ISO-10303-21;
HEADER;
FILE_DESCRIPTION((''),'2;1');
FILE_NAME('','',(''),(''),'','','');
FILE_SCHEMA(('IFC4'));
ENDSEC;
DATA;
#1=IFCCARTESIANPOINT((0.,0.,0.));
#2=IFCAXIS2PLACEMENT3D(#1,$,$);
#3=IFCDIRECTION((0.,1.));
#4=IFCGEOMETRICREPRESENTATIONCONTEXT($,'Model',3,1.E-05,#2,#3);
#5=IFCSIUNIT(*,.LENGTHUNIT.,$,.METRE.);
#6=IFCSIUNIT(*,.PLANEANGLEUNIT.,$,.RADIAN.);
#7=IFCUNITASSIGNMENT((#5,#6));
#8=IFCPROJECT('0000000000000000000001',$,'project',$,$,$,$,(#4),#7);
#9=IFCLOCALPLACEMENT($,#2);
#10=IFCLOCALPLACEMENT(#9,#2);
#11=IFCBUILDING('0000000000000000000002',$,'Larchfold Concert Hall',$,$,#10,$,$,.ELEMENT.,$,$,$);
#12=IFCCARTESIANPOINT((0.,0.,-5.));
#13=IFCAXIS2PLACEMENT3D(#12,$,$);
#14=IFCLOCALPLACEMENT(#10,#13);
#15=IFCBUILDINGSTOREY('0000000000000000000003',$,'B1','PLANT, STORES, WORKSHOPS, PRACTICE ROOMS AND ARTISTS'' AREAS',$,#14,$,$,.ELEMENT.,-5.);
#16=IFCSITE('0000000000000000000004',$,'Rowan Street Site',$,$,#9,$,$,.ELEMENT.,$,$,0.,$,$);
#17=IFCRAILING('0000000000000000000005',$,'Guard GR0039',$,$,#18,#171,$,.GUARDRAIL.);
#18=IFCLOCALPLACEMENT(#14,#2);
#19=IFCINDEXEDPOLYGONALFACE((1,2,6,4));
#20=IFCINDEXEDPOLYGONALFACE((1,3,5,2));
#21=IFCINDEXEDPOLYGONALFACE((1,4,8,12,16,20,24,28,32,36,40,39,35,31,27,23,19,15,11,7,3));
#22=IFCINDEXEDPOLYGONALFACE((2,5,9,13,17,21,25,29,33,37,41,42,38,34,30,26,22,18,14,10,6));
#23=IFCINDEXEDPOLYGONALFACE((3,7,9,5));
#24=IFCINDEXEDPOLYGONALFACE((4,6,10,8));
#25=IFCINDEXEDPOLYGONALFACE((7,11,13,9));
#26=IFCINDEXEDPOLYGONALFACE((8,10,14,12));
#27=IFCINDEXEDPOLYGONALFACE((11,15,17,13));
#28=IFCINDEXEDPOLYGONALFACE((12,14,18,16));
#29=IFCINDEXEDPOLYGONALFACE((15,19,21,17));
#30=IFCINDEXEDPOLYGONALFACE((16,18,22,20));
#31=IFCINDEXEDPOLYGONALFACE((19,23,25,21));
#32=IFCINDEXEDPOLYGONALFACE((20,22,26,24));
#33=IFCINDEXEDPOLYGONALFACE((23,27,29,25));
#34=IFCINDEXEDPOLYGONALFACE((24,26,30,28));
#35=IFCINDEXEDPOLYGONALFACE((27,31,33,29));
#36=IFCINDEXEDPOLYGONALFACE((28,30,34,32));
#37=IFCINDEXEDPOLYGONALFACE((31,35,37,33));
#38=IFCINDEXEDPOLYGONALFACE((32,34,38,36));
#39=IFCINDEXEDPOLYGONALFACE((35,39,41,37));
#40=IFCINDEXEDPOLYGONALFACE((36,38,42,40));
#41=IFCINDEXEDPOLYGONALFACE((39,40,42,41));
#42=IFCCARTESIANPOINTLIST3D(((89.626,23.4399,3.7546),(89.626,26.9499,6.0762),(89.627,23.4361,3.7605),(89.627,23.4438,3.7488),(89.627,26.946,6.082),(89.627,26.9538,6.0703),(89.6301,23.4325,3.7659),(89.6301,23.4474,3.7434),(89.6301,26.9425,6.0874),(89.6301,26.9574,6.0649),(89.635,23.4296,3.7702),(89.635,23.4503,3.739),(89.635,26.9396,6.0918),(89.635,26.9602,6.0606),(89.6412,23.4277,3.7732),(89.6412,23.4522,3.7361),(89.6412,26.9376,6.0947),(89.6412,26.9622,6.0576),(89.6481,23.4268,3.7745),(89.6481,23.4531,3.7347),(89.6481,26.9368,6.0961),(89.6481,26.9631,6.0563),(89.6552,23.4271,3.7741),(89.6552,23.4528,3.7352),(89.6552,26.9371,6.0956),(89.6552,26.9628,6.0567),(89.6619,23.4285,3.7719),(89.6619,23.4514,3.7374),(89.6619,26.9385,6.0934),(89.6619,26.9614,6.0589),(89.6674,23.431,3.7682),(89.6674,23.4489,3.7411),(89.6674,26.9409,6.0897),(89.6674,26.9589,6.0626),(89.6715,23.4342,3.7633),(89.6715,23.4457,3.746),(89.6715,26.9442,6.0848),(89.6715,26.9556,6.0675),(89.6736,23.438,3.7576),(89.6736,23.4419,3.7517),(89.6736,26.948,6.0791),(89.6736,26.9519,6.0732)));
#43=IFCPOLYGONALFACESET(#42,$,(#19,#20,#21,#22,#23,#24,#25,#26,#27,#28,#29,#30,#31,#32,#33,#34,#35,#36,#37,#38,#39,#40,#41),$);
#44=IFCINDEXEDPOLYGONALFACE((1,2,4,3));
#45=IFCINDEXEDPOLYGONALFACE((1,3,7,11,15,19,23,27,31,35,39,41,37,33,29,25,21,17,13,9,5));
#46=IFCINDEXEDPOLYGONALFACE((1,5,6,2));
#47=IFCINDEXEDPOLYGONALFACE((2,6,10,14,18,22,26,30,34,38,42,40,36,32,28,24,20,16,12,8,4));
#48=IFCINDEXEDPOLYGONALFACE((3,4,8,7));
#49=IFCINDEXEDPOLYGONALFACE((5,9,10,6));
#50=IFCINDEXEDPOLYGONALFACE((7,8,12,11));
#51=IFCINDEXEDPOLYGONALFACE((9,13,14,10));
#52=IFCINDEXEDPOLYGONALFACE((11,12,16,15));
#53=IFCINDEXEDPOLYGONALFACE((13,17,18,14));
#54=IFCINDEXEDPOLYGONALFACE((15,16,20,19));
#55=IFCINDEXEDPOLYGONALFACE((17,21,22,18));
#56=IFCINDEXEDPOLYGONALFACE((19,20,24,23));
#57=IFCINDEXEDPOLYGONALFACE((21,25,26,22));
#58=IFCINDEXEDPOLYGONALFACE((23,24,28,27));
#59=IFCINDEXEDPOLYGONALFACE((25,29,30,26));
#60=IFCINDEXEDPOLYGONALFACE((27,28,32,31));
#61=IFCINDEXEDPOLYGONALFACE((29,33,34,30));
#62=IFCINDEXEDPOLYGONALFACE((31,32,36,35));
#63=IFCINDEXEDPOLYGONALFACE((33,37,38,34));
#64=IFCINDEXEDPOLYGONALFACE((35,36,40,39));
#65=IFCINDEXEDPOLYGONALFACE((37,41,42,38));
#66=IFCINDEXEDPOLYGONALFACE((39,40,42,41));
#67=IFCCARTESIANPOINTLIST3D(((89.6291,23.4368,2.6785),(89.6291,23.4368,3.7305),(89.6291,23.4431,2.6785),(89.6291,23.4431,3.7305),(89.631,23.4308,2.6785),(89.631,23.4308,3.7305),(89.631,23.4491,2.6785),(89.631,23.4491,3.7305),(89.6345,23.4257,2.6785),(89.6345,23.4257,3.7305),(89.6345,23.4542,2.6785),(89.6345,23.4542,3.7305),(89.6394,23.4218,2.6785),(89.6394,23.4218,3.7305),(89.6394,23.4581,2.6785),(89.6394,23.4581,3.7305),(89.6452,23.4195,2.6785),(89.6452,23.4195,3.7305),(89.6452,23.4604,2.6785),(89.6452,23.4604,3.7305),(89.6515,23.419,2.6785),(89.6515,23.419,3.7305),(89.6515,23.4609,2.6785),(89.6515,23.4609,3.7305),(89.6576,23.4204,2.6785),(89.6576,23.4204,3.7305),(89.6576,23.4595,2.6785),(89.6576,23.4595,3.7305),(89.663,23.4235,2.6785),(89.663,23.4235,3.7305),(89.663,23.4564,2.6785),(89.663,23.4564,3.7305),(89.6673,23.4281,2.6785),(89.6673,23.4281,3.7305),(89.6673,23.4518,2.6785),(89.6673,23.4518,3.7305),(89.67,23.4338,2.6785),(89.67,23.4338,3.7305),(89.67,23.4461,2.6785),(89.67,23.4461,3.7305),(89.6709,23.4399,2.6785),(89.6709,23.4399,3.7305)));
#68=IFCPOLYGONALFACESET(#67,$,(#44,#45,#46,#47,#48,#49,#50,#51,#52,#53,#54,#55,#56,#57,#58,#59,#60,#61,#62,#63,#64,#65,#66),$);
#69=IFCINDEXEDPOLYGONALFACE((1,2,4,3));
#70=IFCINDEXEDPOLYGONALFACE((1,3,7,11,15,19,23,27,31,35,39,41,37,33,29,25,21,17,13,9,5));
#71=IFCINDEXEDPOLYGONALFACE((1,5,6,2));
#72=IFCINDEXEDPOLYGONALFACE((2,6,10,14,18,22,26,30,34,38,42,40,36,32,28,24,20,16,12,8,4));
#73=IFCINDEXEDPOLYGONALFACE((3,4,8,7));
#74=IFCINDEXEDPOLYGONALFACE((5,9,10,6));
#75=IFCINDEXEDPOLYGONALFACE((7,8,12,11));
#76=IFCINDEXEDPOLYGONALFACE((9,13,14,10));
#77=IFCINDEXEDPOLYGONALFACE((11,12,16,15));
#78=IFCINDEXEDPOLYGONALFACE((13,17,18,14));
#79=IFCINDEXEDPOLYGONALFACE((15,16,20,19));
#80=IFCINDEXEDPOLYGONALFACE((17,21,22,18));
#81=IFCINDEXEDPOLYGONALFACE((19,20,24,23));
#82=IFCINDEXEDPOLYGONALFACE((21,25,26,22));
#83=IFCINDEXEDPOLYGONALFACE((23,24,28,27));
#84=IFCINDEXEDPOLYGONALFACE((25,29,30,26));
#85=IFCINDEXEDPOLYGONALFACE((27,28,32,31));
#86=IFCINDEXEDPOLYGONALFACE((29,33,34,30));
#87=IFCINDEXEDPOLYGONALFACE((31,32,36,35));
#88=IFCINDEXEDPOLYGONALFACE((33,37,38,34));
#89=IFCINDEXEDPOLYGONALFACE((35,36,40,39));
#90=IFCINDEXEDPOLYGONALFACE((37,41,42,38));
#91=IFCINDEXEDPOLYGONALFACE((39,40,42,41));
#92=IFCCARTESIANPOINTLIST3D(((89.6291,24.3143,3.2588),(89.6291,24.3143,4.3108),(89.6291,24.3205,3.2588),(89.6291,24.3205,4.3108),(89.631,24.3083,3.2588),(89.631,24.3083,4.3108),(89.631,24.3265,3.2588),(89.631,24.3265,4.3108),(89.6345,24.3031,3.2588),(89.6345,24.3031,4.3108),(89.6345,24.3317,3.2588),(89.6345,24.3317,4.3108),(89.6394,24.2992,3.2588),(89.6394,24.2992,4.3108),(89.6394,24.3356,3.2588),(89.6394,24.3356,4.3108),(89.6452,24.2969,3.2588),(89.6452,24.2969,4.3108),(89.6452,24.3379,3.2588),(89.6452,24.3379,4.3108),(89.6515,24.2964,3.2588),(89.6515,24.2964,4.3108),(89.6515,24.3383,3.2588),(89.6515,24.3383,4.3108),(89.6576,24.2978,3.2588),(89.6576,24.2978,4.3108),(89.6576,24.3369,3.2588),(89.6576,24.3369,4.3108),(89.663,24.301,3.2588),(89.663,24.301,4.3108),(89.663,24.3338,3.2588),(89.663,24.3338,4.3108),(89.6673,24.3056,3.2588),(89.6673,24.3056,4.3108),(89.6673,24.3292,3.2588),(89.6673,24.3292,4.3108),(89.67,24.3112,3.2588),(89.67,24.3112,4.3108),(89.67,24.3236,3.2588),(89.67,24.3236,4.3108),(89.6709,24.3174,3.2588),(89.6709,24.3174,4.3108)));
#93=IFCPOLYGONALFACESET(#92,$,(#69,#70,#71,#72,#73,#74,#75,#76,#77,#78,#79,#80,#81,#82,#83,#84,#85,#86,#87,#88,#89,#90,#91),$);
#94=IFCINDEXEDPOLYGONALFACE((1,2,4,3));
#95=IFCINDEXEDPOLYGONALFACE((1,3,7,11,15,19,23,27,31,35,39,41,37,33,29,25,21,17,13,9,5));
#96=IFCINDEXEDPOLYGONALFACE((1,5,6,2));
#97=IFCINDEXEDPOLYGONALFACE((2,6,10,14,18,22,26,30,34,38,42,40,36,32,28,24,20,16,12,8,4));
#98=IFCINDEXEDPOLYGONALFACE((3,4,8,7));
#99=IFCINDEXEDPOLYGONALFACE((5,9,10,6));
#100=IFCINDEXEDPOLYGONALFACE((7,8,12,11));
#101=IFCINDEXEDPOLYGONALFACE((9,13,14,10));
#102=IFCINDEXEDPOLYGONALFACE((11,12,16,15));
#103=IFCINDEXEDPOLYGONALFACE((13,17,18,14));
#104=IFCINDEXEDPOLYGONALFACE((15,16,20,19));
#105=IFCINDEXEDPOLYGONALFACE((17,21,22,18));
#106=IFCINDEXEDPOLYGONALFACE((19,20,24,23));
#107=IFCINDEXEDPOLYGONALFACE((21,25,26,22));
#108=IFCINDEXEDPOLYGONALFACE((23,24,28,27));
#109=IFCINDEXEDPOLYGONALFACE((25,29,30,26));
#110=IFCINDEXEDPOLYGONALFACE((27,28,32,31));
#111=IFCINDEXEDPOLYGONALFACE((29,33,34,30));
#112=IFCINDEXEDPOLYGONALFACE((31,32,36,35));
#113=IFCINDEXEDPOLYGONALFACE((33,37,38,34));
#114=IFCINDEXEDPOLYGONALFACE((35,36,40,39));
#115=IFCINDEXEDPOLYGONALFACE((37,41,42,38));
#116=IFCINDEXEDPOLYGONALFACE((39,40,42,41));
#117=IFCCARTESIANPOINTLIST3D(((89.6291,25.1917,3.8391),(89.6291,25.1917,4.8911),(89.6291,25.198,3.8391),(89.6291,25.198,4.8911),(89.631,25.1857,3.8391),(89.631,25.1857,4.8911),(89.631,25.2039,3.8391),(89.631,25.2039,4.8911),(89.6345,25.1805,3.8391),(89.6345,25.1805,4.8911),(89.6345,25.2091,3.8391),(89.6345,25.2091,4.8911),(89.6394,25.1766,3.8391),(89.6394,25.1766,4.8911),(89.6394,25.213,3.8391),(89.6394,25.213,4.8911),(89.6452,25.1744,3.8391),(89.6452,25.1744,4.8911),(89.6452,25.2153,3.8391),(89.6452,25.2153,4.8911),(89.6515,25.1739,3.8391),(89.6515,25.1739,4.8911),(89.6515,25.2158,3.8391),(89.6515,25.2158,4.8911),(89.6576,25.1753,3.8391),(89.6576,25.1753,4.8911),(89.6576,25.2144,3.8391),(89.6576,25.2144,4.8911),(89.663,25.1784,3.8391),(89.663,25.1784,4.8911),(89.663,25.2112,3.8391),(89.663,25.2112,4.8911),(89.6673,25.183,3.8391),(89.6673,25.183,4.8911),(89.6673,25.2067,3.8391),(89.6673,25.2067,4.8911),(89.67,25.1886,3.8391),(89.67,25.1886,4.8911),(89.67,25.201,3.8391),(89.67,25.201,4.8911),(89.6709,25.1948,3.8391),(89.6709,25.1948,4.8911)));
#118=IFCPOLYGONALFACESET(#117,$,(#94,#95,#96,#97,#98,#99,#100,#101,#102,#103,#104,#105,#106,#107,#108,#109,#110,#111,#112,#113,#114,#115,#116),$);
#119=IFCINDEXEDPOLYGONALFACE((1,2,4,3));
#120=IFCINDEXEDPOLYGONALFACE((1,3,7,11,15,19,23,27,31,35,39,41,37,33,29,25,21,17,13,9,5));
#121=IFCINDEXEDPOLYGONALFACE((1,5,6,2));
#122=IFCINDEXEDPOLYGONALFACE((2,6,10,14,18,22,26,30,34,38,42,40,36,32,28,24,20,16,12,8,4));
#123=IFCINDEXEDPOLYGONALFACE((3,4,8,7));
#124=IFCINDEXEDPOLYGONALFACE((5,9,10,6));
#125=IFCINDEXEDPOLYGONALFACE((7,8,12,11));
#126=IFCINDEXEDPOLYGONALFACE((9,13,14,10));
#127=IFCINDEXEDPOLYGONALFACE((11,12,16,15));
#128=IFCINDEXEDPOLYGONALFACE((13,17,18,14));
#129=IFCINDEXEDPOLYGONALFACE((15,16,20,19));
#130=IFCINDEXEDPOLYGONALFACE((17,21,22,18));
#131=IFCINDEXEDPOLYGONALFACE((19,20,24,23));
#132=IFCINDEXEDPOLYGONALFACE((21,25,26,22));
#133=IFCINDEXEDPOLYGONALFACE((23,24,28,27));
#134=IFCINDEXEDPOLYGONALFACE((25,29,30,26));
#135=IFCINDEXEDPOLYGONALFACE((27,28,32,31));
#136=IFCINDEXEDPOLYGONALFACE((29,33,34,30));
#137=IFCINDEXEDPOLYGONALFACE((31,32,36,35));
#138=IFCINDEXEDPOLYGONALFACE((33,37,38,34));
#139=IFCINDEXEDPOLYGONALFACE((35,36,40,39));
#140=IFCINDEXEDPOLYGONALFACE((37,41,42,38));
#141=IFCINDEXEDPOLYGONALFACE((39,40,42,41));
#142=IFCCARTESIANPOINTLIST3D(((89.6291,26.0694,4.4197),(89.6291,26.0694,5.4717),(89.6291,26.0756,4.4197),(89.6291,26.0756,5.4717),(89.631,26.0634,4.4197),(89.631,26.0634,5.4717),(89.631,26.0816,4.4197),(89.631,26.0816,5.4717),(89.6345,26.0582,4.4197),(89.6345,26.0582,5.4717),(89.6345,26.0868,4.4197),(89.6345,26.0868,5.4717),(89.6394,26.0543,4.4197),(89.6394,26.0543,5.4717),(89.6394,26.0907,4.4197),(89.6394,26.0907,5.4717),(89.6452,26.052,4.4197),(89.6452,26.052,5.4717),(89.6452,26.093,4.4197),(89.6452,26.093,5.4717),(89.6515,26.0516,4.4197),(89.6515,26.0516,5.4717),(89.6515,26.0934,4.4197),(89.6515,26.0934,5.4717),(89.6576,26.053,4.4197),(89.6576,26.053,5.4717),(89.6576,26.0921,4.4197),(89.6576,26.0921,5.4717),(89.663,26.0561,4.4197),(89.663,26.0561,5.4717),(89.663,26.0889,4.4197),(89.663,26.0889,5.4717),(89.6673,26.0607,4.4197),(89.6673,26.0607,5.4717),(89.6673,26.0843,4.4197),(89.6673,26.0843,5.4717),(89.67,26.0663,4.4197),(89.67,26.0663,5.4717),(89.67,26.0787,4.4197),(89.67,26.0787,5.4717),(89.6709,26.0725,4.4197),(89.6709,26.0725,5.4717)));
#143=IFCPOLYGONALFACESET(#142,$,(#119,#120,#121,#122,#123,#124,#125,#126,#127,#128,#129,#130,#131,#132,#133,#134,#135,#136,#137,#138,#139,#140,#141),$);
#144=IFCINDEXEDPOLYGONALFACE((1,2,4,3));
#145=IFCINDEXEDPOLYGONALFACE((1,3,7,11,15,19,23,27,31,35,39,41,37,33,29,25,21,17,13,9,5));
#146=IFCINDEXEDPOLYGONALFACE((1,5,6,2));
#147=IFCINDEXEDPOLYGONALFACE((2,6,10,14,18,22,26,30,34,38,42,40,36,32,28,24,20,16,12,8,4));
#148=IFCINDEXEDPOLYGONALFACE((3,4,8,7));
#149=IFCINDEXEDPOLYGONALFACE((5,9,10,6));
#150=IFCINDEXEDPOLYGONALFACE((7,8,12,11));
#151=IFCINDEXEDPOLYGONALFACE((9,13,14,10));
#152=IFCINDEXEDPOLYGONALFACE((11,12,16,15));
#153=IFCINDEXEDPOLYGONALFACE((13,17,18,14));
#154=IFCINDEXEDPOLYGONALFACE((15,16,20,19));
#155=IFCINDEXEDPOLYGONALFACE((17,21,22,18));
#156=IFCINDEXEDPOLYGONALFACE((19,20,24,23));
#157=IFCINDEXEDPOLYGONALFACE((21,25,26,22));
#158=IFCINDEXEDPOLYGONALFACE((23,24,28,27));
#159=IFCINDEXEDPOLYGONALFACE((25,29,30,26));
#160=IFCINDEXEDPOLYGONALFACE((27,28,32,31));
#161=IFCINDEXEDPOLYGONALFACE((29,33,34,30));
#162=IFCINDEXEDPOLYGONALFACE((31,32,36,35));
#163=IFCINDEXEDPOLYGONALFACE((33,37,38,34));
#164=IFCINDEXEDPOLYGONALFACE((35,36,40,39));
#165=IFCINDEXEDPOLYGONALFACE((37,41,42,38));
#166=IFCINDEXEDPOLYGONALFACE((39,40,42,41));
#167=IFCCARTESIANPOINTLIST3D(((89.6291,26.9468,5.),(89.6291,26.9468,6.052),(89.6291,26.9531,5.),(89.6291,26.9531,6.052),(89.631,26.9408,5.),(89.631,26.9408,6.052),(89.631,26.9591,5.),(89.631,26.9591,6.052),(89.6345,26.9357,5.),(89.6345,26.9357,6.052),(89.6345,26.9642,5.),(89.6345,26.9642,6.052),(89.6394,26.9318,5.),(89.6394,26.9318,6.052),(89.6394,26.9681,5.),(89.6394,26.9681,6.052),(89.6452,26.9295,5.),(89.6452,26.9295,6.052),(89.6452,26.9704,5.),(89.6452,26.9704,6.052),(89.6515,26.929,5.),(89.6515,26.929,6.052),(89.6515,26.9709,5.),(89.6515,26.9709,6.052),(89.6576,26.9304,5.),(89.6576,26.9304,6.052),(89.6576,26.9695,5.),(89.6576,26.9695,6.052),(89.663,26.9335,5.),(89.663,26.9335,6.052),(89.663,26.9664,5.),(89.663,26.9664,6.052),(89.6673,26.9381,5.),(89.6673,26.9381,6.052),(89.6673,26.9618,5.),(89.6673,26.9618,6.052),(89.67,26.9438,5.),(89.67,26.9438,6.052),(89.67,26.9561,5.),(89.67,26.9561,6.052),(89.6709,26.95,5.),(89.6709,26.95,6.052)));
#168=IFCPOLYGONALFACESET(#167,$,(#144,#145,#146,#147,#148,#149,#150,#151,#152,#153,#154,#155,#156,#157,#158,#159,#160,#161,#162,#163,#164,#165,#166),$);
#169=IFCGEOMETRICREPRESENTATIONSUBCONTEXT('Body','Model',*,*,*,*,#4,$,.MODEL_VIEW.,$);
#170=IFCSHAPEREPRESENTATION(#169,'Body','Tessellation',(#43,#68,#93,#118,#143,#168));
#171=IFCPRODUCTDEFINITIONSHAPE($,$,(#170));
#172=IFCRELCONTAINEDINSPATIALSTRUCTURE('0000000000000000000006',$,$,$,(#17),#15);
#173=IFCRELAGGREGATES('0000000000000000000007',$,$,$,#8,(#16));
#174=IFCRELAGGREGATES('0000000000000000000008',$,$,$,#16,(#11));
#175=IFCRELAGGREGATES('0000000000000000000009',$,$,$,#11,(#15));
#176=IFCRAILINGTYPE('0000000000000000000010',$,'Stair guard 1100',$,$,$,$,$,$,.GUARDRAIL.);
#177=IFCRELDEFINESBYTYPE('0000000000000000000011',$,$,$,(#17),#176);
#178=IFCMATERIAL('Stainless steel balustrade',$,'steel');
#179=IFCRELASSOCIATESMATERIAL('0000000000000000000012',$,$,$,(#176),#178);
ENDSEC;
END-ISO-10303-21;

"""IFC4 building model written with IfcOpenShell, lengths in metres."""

from ifc_helpers import new_model, si_unit, direction, frame, origin, origin_2d, place, context, subcontext, project, spatial, circle, extrude, material, type_object, element, save


model = new_model("IFC4")

# Units and contexts
model_context = context("Model", 3, precision=1e-05, world=origin(), true_north=direction((0.0, 1.0)))
body_context = subcontext(model_context, "Body", "Model", "MODEL_VIEW")
ifc_project = project(units=[si_unit("LENGTHUNIT", "METRE"), si_unit("PLANEANGLEUNIT", "RADIAN")], contexts=[model_context])

# Site, building, storey
site_placement = place(None, origin())
site = spatial("IfcSite", under=ifc_project, at=site_placement, Name="Rowan Street Site", CompositionType="ELEMENT", RefElevation=0.0)
building_placement = place(site_placement, origin())
building = spatial("IfcBuilding", under=site, at=building_placement, Name="Larchfold Concert Hall", CompositionType="ELEMENT")
storey_placement = place(building_placement, frame((0.0, 0.0, -5.0)))
storey = spatial("IfcBuildingStorey", under=building, at=storey_placement, Name="B1", Description="PLANT, STORES, WORKSHOPS, PRACTICE ROOMS AND ARTISTS' AREAS", CompositionType="ELEMENT", Elevation=-5.0)

# Railing
ifc_material_1 = material(Name="Stainless steel balustrade", Category="steel")
railing_type_1 = type_object("IfcRailingType", Name="Stair guard 1100", PredefinedType="GUARDRAIL", material=ifc_material_1)
railing_1_placement = place(storey_placement, frame((89.6499, 23.4399, 2.6785)))
element("IfcRailing", 1, at=railing_1_placement, inside=storey, type_object=railing_type_1, Name="Guard GR0039", PredefinedType="GUARDRAIL", context=body_context, shape_type="SweptSolid", body=[
    extrude(circle(Radius=0.0239, at=origin_2d()), frame((0.0, 0.0, 1.0762), z_axis=(0.0, 0.834071, 0.551657), x_axis=(-1.0, 0.0, 0.0)), (0.0, 0.0, 1.0), 4.2083),
    extrude(circle(Radius=0.021, at=origin_2d()), origin(), (0.0, 0.0, 1.0), 1.052),
    extrude(circle(Radius=0.021, at=origin_2d()), frame((0.0, 0.8774, 0.5803)), (0.0, 0.0, 1.0), 1.052),
    extrude(circle(Radius=0.021, at=origin_2d()), frame((0.0, 1.7549, 1.1606)), (0.0, 0.0, 1.0), 1.052),
    extrude(circle(Radius=0.021, at=origin_2d()), frame((0.0, 2.6326, 1.7412)), (0.0, 0.0, 1.0), 1.052),
    extrude(circle(Radius=0.021, at=origin_2d()), frame((0.0, 3.51, 2.3215)), (0.0, 0.0, 1.0), 1.052),
])

save(model, "model.ifc")
